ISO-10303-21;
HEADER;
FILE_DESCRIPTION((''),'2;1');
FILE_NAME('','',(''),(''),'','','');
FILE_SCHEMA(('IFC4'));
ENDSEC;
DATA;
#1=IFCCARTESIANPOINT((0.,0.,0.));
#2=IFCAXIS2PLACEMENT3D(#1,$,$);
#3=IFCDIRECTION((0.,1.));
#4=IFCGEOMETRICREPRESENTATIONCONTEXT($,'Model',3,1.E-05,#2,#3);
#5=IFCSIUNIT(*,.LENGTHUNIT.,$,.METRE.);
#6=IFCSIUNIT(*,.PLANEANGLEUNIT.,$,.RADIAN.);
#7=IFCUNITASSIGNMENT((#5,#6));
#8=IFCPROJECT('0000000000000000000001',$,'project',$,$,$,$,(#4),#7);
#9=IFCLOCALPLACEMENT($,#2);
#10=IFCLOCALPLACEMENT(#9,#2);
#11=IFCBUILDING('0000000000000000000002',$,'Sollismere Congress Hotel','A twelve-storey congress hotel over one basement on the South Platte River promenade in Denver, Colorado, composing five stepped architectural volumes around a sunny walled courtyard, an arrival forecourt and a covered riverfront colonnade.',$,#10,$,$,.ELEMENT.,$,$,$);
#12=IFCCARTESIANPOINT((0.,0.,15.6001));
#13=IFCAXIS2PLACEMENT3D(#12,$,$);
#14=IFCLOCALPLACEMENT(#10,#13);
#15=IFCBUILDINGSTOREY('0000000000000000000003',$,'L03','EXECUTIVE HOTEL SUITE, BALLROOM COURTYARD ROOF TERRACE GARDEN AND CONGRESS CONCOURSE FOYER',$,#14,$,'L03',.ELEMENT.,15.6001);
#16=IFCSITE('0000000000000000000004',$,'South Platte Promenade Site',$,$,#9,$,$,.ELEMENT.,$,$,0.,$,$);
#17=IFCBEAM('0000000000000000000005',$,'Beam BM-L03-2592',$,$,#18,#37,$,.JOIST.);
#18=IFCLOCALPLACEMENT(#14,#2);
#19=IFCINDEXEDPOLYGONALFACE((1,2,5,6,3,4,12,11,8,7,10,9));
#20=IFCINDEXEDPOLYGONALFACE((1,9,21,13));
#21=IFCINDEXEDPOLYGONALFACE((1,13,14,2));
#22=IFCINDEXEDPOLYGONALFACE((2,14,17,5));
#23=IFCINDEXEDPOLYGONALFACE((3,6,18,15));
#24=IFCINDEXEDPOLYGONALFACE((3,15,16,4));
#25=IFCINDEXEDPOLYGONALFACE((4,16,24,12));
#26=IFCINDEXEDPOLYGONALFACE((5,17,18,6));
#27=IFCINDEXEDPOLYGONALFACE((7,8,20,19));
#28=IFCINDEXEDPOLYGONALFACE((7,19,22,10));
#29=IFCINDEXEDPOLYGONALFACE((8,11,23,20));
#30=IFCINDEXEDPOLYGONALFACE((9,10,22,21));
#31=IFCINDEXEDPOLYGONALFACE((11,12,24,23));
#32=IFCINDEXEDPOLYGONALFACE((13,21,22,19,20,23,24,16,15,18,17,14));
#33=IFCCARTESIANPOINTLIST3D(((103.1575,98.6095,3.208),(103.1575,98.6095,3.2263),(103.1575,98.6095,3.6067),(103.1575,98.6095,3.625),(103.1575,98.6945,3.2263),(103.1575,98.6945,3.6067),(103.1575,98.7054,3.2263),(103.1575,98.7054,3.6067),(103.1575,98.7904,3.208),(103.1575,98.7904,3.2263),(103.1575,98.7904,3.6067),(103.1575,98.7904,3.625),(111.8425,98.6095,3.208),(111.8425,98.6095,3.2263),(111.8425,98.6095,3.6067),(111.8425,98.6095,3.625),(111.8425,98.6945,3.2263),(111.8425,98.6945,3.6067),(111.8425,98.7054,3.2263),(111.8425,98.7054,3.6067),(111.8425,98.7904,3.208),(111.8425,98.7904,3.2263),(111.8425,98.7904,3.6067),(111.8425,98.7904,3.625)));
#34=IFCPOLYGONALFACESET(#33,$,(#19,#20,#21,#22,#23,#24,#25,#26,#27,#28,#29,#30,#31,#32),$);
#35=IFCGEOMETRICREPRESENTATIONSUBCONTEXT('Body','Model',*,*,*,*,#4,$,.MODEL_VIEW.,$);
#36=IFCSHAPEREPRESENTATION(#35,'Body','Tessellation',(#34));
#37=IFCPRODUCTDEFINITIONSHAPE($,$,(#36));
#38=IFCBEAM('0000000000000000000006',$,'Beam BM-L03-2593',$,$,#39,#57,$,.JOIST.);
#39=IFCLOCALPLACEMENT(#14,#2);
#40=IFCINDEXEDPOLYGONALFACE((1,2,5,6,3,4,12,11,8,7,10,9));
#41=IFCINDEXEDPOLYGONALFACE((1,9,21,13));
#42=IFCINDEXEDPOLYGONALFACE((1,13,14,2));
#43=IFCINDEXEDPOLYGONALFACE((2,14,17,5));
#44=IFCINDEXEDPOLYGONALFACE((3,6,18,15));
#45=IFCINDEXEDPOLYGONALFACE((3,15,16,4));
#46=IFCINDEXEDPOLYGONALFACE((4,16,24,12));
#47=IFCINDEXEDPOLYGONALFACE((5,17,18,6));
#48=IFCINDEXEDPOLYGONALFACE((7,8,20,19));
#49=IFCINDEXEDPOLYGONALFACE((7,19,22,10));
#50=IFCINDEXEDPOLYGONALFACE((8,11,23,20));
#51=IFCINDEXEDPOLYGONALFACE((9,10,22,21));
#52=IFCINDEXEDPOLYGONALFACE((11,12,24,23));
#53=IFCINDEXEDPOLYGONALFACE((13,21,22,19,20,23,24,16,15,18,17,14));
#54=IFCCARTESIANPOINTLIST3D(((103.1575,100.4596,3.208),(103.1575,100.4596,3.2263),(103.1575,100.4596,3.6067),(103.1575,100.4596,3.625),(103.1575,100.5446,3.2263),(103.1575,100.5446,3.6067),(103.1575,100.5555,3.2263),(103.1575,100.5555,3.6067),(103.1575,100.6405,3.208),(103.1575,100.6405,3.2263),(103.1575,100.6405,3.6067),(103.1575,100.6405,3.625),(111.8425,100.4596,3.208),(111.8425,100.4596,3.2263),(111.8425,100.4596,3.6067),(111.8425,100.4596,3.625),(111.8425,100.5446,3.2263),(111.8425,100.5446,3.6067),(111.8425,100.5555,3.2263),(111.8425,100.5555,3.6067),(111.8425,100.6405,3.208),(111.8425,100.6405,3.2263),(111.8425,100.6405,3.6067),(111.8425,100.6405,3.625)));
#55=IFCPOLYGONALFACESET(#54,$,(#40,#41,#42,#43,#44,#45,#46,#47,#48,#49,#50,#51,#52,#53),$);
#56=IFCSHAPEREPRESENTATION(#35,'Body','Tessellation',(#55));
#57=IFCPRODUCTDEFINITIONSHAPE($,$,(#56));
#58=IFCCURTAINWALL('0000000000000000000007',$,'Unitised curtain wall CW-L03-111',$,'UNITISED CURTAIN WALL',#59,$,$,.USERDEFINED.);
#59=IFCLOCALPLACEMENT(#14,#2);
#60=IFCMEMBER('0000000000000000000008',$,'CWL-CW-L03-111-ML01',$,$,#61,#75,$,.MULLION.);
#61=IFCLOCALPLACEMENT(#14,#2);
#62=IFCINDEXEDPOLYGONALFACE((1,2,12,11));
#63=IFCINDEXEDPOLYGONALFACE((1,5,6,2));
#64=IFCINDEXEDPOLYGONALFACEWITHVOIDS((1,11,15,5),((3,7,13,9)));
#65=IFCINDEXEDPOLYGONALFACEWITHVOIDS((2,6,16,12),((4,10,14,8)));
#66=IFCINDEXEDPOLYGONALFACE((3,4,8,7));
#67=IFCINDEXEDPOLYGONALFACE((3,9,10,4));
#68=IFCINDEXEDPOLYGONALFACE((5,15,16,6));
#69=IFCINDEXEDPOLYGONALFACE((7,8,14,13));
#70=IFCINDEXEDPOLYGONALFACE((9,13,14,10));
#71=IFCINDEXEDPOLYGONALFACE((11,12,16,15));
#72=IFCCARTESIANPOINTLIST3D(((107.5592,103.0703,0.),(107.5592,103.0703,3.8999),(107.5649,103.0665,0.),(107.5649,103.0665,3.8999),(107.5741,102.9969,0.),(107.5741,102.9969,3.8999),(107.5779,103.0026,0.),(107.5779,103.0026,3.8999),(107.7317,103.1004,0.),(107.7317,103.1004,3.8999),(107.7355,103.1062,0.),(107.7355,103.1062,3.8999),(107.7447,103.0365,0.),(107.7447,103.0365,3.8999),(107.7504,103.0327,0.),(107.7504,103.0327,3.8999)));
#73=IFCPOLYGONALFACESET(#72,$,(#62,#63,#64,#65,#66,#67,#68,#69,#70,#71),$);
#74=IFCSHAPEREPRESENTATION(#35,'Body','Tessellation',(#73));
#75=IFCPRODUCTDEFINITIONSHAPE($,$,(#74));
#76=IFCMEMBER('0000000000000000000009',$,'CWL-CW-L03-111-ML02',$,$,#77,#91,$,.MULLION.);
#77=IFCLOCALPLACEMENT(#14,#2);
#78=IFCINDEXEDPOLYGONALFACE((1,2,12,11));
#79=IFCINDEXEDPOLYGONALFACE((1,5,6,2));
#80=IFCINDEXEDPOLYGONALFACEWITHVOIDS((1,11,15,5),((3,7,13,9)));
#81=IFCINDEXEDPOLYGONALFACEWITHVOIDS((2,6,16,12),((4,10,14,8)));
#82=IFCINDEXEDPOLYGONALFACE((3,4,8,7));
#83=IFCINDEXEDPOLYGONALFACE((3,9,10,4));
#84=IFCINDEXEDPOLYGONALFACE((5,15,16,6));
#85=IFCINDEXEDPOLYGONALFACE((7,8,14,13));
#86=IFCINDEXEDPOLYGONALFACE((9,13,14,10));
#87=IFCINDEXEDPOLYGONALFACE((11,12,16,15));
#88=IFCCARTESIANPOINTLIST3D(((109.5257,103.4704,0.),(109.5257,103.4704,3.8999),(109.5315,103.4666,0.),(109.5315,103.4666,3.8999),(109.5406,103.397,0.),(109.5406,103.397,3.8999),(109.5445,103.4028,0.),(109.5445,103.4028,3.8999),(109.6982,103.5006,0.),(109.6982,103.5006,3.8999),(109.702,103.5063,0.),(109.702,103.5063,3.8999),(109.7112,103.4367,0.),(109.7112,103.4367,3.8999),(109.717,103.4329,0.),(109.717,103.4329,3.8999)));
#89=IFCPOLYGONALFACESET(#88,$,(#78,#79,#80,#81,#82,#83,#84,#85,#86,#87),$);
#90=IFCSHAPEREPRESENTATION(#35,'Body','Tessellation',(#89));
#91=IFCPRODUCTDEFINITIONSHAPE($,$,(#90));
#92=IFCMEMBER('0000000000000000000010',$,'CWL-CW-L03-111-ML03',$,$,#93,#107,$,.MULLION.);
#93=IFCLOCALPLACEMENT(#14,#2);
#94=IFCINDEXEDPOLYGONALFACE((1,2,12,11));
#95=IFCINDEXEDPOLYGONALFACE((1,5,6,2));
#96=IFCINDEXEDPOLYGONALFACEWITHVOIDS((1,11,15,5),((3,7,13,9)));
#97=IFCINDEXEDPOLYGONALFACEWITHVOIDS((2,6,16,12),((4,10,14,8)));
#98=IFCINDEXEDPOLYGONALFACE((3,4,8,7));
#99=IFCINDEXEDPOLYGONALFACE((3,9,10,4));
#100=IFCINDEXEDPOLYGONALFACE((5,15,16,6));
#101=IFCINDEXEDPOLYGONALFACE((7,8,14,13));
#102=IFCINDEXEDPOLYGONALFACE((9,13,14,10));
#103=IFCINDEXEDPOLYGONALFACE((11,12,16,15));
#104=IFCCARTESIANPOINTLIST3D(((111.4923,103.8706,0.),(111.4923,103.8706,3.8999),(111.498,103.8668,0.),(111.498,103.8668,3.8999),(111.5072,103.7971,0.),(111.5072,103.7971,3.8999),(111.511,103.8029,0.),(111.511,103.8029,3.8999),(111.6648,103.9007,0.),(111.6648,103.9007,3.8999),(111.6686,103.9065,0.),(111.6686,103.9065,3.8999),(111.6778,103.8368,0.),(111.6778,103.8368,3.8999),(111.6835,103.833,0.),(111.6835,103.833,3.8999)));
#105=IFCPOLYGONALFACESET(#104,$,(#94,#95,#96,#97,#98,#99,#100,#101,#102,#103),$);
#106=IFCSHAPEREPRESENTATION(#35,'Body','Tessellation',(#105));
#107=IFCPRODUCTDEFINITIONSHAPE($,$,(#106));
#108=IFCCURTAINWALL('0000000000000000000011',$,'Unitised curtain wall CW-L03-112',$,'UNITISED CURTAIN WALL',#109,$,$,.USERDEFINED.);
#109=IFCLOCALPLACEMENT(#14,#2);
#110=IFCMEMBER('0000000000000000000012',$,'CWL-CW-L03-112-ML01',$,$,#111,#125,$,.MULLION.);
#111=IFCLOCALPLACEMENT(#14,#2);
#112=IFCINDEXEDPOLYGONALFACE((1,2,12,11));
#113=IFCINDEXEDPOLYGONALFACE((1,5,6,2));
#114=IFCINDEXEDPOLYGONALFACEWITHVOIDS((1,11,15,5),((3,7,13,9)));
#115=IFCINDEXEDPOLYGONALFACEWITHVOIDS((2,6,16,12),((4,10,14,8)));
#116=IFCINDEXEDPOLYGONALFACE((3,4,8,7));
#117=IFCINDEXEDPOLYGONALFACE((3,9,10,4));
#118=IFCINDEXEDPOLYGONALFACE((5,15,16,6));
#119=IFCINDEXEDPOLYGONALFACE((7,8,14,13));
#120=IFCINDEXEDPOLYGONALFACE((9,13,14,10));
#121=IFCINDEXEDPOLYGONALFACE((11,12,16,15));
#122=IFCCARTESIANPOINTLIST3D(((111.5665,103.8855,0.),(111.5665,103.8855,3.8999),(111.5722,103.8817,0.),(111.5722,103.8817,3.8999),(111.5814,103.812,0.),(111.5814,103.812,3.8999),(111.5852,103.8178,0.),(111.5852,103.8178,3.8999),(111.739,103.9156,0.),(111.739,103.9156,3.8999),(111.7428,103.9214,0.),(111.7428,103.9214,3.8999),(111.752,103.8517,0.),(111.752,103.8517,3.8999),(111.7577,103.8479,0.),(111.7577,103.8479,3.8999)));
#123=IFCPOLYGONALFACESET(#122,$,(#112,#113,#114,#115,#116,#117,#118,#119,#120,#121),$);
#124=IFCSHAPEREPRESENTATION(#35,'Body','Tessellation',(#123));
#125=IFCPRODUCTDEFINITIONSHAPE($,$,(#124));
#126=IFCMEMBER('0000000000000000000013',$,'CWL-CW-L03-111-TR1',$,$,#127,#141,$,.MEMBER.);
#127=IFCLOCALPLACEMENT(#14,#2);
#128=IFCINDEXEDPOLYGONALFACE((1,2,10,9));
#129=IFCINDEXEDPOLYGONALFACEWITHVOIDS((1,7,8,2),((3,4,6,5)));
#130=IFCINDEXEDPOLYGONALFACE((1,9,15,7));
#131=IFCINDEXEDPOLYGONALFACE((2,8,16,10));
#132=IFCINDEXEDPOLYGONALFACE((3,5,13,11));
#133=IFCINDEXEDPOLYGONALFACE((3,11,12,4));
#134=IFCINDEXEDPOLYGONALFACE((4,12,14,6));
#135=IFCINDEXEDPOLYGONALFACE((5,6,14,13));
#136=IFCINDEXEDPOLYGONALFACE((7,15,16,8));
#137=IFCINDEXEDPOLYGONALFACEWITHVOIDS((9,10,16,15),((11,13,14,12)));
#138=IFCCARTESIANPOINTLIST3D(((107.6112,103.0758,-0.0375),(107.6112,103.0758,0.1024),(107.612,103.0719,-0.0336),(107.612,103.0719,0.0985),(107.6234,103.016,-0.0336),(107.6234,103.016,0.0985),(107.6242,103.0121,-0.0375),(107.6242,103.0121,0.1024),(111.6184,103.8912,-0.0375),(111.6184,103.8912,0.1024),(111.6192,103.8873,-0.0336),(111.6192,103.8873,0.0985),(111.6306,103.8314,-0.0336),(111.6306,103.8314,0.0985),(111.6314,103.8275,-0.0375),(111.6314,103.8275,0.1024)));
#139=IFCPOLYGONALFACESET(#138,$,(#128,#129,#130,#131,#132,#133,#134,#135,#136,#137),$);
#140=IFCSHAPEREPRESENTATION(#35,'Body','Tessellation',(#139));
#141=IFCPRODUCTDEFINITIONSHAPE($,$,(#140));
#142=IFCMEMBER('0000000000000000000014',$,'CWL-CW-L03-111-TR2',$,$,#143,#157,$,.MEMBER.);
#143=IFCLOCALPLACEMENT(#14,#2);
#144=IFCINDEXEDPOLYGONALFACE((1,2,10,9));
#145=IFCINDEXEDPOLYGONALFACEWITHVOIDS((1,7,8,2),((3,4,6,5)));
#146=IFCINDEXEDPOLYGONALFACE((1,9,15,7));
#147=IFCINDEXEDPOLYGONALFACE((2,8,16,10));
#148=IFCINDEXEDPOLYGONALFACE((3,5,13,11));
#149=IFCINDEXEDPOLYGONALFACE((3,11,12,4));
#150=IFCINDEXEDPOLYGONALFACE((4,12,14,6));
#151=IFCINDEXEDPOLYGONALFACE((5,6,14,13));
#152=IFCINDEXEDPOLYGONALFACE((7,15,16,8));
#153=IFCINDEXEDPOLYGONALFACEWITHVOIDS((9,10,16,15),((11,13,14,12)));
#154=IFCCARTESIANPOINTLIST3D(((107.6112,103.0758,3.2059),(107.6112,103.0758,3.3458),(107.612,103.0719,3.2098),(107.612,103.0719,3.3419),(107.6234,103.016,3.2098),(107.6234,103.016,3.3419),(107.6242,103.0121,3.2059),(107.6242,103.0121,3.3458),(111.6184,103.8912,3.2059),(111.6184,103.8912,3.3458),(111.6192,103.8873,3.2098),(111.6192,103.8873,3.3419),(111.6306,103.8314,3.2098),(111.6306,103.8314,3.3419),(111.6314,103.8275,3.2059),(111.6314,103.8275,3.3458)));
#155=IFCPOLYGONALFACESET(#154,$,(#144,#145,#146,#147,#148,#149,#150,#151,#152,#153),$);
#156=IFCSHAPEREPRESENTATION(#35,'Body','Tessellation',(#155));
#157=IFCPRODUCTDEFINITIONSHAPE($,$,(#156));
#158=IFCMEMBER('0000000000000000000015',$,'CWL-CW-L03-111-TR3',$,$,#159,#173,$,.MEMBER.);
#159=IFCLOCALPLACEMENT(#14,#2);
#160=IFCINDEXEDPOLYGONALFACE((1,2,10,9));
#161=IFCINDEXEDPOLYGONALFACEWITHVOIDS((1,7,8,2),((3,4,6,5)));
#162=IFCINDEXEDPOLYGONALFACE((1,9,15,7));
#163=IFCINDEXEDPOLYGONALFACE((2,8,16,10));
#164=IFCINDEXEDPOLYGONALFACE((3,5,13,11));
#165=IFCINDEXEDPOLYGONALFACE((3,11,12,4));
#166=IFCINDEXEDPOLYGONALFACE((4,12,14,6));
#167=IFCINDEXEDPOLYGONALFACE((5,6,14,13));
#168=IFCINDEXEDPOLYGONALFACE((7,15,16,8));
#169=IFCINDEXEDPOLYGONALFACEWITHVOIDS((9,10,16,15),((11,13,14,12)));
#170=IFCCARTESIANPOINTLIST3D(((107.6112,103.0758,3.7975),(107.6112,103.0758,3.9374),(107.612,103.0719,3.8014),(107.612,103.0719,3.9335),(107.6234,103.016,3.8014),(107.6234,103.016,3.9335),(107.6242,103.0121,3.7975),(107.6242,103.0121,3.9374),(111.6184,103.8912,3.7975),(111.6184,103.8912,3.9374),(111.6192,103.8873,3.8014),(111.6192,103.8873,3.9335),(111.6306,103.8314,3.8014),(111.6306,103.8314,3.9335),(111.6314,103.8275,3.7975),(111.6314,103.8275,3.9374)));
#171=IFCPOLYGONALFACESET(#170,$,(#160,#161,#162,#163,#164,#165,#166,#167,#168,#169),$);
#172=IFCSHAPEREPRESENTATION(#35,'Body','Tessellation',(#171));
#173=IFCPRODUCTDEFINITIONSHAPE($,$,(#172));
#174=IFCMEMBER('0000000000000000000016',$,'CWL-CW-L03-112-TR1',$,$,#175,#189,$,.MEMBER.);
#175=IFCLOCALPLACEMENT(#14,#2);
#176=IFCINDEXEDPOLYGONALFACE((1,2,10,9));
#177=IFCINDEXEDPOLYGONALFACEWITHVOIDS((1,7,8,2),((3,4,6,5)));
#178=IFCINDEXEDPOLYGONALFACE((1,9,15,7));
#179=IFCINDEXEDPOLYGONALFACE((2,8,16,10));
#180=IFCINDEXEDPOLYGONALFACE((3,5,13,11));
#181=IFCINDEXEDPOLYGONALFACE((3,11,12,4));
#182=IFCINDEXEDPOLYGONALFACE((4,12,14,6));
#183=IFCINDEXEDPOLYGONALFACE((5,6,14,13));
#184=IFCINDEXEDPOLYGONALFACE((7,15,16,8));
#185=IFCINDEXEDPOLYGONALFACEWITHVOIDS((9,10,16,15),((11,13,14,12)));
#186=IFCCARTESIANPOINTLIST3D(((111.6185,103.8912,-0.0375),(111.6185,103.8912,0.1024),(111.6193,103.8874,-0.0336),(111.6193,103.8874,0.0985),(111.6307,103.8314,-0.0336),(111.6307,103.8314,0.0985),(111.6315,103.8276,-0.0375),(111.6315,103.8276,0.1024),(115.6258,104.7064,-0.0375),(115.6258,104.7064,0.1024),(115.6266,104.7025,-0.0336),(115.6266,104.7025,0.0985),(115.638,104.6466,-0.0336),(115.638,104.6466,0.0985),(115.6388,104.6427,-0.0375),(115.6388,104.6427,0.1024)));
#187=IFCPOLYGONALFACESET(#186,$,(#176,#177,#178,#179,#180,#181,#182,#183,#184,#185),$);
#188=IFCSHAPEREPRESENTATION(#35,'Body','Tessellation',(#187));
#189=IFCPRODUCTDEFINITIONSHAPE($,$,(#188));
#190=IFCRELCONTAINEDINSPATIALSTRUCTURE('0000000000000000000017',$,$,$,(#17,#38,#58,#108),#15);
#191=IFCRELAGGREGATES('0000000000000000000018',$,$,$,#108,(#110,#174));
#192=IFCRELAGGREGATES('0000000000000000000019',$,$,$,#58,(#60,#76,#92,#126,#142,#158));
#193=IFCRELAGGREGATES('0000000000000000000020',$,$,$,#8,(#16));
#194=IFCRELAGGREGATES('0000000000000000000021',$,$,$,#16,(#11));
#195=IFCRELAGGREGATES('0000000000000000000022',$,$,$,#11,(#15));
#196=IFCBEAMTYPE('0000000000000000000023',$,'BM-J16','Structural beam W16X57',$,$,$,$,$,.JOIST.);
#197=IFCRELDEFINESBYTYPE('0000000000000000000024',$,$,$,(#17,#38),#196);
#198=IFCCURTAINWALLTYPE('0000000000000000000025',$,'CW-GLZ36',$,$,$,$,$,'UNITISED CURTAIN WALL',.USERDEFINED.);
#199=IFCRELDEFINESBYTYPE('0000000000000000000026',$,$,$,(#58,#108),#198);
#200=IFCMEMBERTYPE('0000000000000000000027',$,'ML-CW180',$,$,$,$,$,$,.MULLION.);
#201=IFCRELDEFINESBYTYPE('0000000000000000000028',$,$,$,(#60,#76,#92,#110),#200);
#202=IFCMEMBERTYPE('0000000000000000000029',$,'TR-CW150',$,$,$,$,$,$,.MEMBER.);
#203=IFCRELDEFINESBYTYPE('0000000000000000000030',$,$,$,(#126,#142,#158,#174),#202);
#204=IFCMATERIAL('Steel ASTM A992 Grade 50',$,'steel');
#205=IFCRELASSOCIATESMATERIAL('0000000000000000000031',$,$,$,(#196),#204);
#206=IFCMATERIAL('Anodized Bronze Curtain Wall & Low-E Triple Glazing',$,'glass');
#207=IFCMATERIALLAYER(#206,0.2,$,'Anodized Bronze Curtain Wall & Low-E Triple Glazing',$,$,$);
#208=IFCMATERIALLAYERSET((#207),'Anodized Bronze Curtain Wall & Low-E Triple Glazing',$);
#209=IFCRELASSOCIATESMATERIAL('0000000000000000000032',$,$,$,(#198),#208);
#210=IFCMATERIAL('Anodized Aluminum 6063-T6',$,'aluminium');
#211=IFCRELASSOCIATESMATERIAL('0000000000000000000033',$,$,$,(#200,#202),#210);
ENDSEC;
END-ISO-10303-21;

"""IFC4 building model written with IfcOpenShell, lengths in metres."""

from ifc_helpers import new_model, si_unit, direction, frame, origin, origin_2d, place, context, subcontext, project, spatial, hollow_rectangle, i_section, extrude, material, layer, layer_set, material_profile, profile_set, type_object, element, aggregate, save


model = new_model("IFC4")

# Units and contexts
model_context = context("Model", 3, precision=1e-05, world=origin(), true_north=direction((0.0, 1.0)))
body_context = subcontext(model_context, "Body", "Model", "MODEL_VIEW")
ifc_project = project(units=[si_unit("LENGTHUNIT", "METRE"), si_unit("PLANEANGLEUNIT", "RADIAN")], contexts=[model_context])

# Site, building, storey
site_placement = place(None, origin())
site = spatial("IfcSite", under=ifc_project, at=site_placement, Name="South Platte Promenade Site", CompositionType="ELEMENT", RefElevation=0.0)
building_placement = place(site_placement, origin())
building = spatial("IfcBuilding", under=site, at=building_placement, Name="Sollismere Congress Hotel", Description="A twelve-storey congress hotel over one basement on the South Platte River promenade in Denver, Colorado, composing five stepped architectural volumes around a sunny walled courtyard, an arrival forecourt and a covered riverfront colonnade.", CompositionType="ELEMENT")
storey_placement = place(building_placement, frame((0.0, 0.0, 15.6001)))
storey = spatial("IfcBuildingStorey", under=building, at=storey_placement, Name="L03", Description="EXECUTIVE HOTEL SUITE, BALLROOM COURTYARD ROOF TERRACE GARDEN AND CONGRESS CONCOURSE FOYER", LongName="L03", CompositionType="ELEMENT", Elevation=15.6001)

# Beams
ifc_material_1 = material(Name="Steel ASTM A992 Grade 50", Category="steel")
ifc_material_profile_1 = material_profile(ifc_material_1, i_section(OverallWidth=0.1809, OverallDepth=0.417, WebThickness=0.011, FlangeThickness=0.0183, at=origin_2d()), Name="W16X57")
ifc_profile_set_1 = profile_set([ifc_material_profile_1], Name="Steel ASTM A992 Grade 50")
beam_type = type_object("IfcBeamType", Name="BM-J16", Description="Structural beam W16X57", PredefinedType="JOIST", material=ifc_profile_set_1)
for number, where, z_axis, x_axis, name in (
    (1, (103.1575, 98.7, 3.4165), (1.0, 0.0, 0.0), (0.0, 1.0, 0.0), "Beam BM-L03-2592"),
    (2, (103.1575, 100.55, 3.4165), (1.0, 0.0, 0.0), (0.0, 1.0, 0.0), "Beam BM-L03-2593"),
):
    element("IfcBeam", number, at=place(storey_placement, frame(where, z_axis=z_axis, x_axis=x_axis)), inside=storey, type_object=beam_type, Name=name, PredefinedType="JOIST", context=body_context, shape_type="SweptSolid", body=[
        extrude(i_section(OverallWidth=0.1809, OverallDepth=0.417, WebThickness=0.011, FlangeThickness=0.0183, at=origin_2d()), origin(), (0.0, 0.0, 1.0), 8.6851),
    ])

# Curtain wall, members
ifc_material_2 = material(Name="Anodized Bronze Curtain Wall & Low-E Triple Glazing", Category="glass")
ifc_layer_1 = layer(ifc_material_2, 0.2, Name="Anodized Bronze Curtain Wall & Low-E Triple Glazing")
ifc_layer_set_1 = layer_set([ifc_layer_1], Name="Anodized Bronze Curtain Wall & Low-E Triple Glazing")
curtain_wall_type = type_object("IfcCurtainWallType", Name="CW-GLZ36", ElementType="UNITISED CURTAIN WALL", PredefinedType="USERDEFINED", material=ifc_layer_set_1)
curtain_wall_1_placement = place(storey_placement, origin())
curtain_wall_1 = element("IfcCurtainWall", 3, at=curtain_wall_1_placement, inside=storey, type_object=curtain_wall_type, Name="Unitised curtain wall CW-L03-111", ObjectType="UNITISED CURTAIN WALL", PredefinedType="USERDEFINED")
ifc_material_3 = material(Name="Anodized Aluminum 6063-T6", Category="aluminium")
ifc_material_profile_2 = material_profile(ifc_material_3, hollow_rectangle(XDim=0.075, YDim=0.1799, WallThickness=0.0049, at=origin_2d()), Name="ALU180X75X5")
ifc_profile_set_2 = profile_set([ifc_material_profile_2], Name="Anodized Aluminum 6063-T6")
member_type_1 = type_object("IfcMemberType", Name="ML-CW180", PredefinedType="MULLION", material=ifc_profile_set_2)
member_1_placement = place(storey_placement, frame((107.6548, 103.0515, 0.0), z_axis=(0.0, 0.0, 1.0), x_axis=(-0.199368, 0.979925, 0.0)))
member_1 = element("IfcMember", 4, at=member_1_placement, type_object=member_type_1, Name="CWL-CW-L03-111-ML01", PredefinedType="MULLION", context=body_context, shape_type="SweptSolid", body=[
    extrude(hollow_rectangle(XDim=0.075, YDim=0.1799, WallThickness=0.0049, at=origin_2d()), origin(), (0.0, 0.0, 1.0), 3.8999),
])
member_2_placement = place(storey_placement, frame((109.6213, 103.4517, 0.0), z_axis=(0.0, 0.0, 1.0), x_axis=(-0.199368, 0.979925, 0.0)))
member_2 = element("IfcMember", 5, at=member_2_placement, type_object=member_type_1, Name="CWL-CW-L03-111-ML02", PredefinedType="MULLION", context=body_context, shape_type="SweptSolid", body=[
    extrude(hollow_rectangle(XDim=0.075, YDim=0.1799, WallThickness=0.0049, at=origin_2d()), origin(), (0.0, 0.0, 1.0), 3.8999),
])
member_3_placement = place(storey_placement, frame((111.5879, 103.8518, 0.0), z_axis=(0.0, 0.0, 1.0), x_axis=(-0.199368, 0.979925, 0.0)))
member_3 = element("IfcMember", 6, at=member_3_placement, type_object=member_type_1, Name="CWL-CW-L03-111-ML03", PredefinedType="MULLION", context=body_context, shape_type="SweptSolid", body=[
    extrude(hollow_rectangle(XDim=0.075, YDim=0.1799, WallThickness=0.0049, at=origin_2d()), origin(), (0.0, 0.0, 1.0), 3.8999),
])

# Curtain wall, member
curtain_wall_2_placement = place(storey_placement, origin())
curtain_wall_2 = element("IfcCurtainWall", 7, at=curtain_wall_2_placement, inside=storey, type_object=curtain_wall_type, Name="Unitised curtain wall CW-L03-112", ObjectType="UNITISED CURTAIN WALL", PredefinedType="USERDEFINED")
member_4_placement = place(storey_placement, frame((111.6621, 103.8667, 0.0), z_axis=(0.0, 0.0, 1.0), x_axis=(-0.199368, 0.979925, 0.0)))
member_4 = element("IfcMember", 8, at=member_4_placement, type_object=member_type_1, Name="CWL-CW-L03-112-ML01", PredefinedType="MULLION", context=body_context, shape_type="SweptSolid", body=[
    extrude(hollow_rectangle(XDim=0.075, YDim=0.1799, WallThickness=0.0049, at=origin_2d()), origin(), (0.0, 0.0, 1.0), 3.8999),
])

# Members
ifc_material_profile_3 = material_profile(ifc_material_3, hollow_rectangle(XDim=0.0649, YDim=0.1399, WallThickness=0.0039, at=origin_2d()), Name="ALU140X65X4")
ifc_profile_set_3 = profile_set([ifc_material_profile_3], Name="Anodized Aluminum 6063-T6")
member_type_2 = type_object("IfcMemberType", Name="TR-CW150", PredefinedType="MEMBER", material=ifc_profile_set_3)
member_5_placement = place(storey_placement, frame((107.6177, 103.0439, 0.0325), z_axis=(0.979918, 0.199399, 0.0), x_axis=(-0.199399, 0.979918, 0.0)))
member_5 = element("IfcMember", 9, at=member_5_placement, type_object=member_type_2, Name="CWL-CW-L03-111-TR1", PredefinedType="MEMBER", context=body_context, shape_type="SweptSolid", body=[
    extrude(hollow_rectangle(XDim=0.0649, YDim=0.1399, WallThickness=0.0039, at=origin_2d()), origin(), (0.0, 0.0, 1.0), 4.0894),
])
member_6_placement = place(storey_placement, frame((107.6177, 103.0439, 3.2759), z_axis=(0.979918, 0.199399, 0.0), x_axis=(-0.199399, 0.979918, 0.0)))
member_6 = element("IfcMember", 10, at=member_6_placement, type_object=member_type_2, Name="CWL-CW-L03-111-TR2", PredefinedType="MEMBER", context=body_context, shape_type="SweptSolid", body=[
    extrude(hollow_rectangle(XDim=0.0649, YDim=0.1399, WallThickness=0.0039, at=origin_2d()), origin(), (0.0, 0.0, 1.0), 4.0894),
])
member_7_placement = place(storey_placement, frame((107.6177, 103.0439, 3.8674), z_axis=(0.979918, 0.199399, 0.0), x_axis=(-0.199399, 0.979918, 0.0)))
member_7 = element("IfcMember", 11, at=member_7_placement, type_object=member_type_2, Name="CWL-CW-L03-111-TR3", PredefinedType="MEMBER", context=body_context, shape_type="SweptSolid", body=[
    extrude(hollow_rectangle(XDim=0.0649, YDim=0.1399, WallThickness=0.0039, at=origin_2d()), origin(), (0.0, 0.0, 1.0), 4.0894),
])
member_8_placement = place(storey_placement, frame((111.625, 103.8594, 0.0325), z_axis=(0.97993, 0.199341, 0.0), x_axis=(-0.199341, 0.97993, 0.0)))
member_8 = element("IfcMember", 12, at=member_8_placement, type_object=member_type_2, Name="CWL-CW-L03-112-TR1", PredefinedType="MEMBER", context=body_context, shape_type="SweptSolid", body=[
    extrude(hollow_rectangle(XDim=0.0649, YDim=0.1399, WallThickness=0.0039, at=origin_2d()), origin(), (0.0, 0.0, 1.0), 4.0894),
])
aggregate(curtain_wall_2, [member_4, member_8])

aggregate(curtain_wall_1, [member_1, member_2, member_3, member_5, member_6, member_7])

save(model, "model.ifc")
